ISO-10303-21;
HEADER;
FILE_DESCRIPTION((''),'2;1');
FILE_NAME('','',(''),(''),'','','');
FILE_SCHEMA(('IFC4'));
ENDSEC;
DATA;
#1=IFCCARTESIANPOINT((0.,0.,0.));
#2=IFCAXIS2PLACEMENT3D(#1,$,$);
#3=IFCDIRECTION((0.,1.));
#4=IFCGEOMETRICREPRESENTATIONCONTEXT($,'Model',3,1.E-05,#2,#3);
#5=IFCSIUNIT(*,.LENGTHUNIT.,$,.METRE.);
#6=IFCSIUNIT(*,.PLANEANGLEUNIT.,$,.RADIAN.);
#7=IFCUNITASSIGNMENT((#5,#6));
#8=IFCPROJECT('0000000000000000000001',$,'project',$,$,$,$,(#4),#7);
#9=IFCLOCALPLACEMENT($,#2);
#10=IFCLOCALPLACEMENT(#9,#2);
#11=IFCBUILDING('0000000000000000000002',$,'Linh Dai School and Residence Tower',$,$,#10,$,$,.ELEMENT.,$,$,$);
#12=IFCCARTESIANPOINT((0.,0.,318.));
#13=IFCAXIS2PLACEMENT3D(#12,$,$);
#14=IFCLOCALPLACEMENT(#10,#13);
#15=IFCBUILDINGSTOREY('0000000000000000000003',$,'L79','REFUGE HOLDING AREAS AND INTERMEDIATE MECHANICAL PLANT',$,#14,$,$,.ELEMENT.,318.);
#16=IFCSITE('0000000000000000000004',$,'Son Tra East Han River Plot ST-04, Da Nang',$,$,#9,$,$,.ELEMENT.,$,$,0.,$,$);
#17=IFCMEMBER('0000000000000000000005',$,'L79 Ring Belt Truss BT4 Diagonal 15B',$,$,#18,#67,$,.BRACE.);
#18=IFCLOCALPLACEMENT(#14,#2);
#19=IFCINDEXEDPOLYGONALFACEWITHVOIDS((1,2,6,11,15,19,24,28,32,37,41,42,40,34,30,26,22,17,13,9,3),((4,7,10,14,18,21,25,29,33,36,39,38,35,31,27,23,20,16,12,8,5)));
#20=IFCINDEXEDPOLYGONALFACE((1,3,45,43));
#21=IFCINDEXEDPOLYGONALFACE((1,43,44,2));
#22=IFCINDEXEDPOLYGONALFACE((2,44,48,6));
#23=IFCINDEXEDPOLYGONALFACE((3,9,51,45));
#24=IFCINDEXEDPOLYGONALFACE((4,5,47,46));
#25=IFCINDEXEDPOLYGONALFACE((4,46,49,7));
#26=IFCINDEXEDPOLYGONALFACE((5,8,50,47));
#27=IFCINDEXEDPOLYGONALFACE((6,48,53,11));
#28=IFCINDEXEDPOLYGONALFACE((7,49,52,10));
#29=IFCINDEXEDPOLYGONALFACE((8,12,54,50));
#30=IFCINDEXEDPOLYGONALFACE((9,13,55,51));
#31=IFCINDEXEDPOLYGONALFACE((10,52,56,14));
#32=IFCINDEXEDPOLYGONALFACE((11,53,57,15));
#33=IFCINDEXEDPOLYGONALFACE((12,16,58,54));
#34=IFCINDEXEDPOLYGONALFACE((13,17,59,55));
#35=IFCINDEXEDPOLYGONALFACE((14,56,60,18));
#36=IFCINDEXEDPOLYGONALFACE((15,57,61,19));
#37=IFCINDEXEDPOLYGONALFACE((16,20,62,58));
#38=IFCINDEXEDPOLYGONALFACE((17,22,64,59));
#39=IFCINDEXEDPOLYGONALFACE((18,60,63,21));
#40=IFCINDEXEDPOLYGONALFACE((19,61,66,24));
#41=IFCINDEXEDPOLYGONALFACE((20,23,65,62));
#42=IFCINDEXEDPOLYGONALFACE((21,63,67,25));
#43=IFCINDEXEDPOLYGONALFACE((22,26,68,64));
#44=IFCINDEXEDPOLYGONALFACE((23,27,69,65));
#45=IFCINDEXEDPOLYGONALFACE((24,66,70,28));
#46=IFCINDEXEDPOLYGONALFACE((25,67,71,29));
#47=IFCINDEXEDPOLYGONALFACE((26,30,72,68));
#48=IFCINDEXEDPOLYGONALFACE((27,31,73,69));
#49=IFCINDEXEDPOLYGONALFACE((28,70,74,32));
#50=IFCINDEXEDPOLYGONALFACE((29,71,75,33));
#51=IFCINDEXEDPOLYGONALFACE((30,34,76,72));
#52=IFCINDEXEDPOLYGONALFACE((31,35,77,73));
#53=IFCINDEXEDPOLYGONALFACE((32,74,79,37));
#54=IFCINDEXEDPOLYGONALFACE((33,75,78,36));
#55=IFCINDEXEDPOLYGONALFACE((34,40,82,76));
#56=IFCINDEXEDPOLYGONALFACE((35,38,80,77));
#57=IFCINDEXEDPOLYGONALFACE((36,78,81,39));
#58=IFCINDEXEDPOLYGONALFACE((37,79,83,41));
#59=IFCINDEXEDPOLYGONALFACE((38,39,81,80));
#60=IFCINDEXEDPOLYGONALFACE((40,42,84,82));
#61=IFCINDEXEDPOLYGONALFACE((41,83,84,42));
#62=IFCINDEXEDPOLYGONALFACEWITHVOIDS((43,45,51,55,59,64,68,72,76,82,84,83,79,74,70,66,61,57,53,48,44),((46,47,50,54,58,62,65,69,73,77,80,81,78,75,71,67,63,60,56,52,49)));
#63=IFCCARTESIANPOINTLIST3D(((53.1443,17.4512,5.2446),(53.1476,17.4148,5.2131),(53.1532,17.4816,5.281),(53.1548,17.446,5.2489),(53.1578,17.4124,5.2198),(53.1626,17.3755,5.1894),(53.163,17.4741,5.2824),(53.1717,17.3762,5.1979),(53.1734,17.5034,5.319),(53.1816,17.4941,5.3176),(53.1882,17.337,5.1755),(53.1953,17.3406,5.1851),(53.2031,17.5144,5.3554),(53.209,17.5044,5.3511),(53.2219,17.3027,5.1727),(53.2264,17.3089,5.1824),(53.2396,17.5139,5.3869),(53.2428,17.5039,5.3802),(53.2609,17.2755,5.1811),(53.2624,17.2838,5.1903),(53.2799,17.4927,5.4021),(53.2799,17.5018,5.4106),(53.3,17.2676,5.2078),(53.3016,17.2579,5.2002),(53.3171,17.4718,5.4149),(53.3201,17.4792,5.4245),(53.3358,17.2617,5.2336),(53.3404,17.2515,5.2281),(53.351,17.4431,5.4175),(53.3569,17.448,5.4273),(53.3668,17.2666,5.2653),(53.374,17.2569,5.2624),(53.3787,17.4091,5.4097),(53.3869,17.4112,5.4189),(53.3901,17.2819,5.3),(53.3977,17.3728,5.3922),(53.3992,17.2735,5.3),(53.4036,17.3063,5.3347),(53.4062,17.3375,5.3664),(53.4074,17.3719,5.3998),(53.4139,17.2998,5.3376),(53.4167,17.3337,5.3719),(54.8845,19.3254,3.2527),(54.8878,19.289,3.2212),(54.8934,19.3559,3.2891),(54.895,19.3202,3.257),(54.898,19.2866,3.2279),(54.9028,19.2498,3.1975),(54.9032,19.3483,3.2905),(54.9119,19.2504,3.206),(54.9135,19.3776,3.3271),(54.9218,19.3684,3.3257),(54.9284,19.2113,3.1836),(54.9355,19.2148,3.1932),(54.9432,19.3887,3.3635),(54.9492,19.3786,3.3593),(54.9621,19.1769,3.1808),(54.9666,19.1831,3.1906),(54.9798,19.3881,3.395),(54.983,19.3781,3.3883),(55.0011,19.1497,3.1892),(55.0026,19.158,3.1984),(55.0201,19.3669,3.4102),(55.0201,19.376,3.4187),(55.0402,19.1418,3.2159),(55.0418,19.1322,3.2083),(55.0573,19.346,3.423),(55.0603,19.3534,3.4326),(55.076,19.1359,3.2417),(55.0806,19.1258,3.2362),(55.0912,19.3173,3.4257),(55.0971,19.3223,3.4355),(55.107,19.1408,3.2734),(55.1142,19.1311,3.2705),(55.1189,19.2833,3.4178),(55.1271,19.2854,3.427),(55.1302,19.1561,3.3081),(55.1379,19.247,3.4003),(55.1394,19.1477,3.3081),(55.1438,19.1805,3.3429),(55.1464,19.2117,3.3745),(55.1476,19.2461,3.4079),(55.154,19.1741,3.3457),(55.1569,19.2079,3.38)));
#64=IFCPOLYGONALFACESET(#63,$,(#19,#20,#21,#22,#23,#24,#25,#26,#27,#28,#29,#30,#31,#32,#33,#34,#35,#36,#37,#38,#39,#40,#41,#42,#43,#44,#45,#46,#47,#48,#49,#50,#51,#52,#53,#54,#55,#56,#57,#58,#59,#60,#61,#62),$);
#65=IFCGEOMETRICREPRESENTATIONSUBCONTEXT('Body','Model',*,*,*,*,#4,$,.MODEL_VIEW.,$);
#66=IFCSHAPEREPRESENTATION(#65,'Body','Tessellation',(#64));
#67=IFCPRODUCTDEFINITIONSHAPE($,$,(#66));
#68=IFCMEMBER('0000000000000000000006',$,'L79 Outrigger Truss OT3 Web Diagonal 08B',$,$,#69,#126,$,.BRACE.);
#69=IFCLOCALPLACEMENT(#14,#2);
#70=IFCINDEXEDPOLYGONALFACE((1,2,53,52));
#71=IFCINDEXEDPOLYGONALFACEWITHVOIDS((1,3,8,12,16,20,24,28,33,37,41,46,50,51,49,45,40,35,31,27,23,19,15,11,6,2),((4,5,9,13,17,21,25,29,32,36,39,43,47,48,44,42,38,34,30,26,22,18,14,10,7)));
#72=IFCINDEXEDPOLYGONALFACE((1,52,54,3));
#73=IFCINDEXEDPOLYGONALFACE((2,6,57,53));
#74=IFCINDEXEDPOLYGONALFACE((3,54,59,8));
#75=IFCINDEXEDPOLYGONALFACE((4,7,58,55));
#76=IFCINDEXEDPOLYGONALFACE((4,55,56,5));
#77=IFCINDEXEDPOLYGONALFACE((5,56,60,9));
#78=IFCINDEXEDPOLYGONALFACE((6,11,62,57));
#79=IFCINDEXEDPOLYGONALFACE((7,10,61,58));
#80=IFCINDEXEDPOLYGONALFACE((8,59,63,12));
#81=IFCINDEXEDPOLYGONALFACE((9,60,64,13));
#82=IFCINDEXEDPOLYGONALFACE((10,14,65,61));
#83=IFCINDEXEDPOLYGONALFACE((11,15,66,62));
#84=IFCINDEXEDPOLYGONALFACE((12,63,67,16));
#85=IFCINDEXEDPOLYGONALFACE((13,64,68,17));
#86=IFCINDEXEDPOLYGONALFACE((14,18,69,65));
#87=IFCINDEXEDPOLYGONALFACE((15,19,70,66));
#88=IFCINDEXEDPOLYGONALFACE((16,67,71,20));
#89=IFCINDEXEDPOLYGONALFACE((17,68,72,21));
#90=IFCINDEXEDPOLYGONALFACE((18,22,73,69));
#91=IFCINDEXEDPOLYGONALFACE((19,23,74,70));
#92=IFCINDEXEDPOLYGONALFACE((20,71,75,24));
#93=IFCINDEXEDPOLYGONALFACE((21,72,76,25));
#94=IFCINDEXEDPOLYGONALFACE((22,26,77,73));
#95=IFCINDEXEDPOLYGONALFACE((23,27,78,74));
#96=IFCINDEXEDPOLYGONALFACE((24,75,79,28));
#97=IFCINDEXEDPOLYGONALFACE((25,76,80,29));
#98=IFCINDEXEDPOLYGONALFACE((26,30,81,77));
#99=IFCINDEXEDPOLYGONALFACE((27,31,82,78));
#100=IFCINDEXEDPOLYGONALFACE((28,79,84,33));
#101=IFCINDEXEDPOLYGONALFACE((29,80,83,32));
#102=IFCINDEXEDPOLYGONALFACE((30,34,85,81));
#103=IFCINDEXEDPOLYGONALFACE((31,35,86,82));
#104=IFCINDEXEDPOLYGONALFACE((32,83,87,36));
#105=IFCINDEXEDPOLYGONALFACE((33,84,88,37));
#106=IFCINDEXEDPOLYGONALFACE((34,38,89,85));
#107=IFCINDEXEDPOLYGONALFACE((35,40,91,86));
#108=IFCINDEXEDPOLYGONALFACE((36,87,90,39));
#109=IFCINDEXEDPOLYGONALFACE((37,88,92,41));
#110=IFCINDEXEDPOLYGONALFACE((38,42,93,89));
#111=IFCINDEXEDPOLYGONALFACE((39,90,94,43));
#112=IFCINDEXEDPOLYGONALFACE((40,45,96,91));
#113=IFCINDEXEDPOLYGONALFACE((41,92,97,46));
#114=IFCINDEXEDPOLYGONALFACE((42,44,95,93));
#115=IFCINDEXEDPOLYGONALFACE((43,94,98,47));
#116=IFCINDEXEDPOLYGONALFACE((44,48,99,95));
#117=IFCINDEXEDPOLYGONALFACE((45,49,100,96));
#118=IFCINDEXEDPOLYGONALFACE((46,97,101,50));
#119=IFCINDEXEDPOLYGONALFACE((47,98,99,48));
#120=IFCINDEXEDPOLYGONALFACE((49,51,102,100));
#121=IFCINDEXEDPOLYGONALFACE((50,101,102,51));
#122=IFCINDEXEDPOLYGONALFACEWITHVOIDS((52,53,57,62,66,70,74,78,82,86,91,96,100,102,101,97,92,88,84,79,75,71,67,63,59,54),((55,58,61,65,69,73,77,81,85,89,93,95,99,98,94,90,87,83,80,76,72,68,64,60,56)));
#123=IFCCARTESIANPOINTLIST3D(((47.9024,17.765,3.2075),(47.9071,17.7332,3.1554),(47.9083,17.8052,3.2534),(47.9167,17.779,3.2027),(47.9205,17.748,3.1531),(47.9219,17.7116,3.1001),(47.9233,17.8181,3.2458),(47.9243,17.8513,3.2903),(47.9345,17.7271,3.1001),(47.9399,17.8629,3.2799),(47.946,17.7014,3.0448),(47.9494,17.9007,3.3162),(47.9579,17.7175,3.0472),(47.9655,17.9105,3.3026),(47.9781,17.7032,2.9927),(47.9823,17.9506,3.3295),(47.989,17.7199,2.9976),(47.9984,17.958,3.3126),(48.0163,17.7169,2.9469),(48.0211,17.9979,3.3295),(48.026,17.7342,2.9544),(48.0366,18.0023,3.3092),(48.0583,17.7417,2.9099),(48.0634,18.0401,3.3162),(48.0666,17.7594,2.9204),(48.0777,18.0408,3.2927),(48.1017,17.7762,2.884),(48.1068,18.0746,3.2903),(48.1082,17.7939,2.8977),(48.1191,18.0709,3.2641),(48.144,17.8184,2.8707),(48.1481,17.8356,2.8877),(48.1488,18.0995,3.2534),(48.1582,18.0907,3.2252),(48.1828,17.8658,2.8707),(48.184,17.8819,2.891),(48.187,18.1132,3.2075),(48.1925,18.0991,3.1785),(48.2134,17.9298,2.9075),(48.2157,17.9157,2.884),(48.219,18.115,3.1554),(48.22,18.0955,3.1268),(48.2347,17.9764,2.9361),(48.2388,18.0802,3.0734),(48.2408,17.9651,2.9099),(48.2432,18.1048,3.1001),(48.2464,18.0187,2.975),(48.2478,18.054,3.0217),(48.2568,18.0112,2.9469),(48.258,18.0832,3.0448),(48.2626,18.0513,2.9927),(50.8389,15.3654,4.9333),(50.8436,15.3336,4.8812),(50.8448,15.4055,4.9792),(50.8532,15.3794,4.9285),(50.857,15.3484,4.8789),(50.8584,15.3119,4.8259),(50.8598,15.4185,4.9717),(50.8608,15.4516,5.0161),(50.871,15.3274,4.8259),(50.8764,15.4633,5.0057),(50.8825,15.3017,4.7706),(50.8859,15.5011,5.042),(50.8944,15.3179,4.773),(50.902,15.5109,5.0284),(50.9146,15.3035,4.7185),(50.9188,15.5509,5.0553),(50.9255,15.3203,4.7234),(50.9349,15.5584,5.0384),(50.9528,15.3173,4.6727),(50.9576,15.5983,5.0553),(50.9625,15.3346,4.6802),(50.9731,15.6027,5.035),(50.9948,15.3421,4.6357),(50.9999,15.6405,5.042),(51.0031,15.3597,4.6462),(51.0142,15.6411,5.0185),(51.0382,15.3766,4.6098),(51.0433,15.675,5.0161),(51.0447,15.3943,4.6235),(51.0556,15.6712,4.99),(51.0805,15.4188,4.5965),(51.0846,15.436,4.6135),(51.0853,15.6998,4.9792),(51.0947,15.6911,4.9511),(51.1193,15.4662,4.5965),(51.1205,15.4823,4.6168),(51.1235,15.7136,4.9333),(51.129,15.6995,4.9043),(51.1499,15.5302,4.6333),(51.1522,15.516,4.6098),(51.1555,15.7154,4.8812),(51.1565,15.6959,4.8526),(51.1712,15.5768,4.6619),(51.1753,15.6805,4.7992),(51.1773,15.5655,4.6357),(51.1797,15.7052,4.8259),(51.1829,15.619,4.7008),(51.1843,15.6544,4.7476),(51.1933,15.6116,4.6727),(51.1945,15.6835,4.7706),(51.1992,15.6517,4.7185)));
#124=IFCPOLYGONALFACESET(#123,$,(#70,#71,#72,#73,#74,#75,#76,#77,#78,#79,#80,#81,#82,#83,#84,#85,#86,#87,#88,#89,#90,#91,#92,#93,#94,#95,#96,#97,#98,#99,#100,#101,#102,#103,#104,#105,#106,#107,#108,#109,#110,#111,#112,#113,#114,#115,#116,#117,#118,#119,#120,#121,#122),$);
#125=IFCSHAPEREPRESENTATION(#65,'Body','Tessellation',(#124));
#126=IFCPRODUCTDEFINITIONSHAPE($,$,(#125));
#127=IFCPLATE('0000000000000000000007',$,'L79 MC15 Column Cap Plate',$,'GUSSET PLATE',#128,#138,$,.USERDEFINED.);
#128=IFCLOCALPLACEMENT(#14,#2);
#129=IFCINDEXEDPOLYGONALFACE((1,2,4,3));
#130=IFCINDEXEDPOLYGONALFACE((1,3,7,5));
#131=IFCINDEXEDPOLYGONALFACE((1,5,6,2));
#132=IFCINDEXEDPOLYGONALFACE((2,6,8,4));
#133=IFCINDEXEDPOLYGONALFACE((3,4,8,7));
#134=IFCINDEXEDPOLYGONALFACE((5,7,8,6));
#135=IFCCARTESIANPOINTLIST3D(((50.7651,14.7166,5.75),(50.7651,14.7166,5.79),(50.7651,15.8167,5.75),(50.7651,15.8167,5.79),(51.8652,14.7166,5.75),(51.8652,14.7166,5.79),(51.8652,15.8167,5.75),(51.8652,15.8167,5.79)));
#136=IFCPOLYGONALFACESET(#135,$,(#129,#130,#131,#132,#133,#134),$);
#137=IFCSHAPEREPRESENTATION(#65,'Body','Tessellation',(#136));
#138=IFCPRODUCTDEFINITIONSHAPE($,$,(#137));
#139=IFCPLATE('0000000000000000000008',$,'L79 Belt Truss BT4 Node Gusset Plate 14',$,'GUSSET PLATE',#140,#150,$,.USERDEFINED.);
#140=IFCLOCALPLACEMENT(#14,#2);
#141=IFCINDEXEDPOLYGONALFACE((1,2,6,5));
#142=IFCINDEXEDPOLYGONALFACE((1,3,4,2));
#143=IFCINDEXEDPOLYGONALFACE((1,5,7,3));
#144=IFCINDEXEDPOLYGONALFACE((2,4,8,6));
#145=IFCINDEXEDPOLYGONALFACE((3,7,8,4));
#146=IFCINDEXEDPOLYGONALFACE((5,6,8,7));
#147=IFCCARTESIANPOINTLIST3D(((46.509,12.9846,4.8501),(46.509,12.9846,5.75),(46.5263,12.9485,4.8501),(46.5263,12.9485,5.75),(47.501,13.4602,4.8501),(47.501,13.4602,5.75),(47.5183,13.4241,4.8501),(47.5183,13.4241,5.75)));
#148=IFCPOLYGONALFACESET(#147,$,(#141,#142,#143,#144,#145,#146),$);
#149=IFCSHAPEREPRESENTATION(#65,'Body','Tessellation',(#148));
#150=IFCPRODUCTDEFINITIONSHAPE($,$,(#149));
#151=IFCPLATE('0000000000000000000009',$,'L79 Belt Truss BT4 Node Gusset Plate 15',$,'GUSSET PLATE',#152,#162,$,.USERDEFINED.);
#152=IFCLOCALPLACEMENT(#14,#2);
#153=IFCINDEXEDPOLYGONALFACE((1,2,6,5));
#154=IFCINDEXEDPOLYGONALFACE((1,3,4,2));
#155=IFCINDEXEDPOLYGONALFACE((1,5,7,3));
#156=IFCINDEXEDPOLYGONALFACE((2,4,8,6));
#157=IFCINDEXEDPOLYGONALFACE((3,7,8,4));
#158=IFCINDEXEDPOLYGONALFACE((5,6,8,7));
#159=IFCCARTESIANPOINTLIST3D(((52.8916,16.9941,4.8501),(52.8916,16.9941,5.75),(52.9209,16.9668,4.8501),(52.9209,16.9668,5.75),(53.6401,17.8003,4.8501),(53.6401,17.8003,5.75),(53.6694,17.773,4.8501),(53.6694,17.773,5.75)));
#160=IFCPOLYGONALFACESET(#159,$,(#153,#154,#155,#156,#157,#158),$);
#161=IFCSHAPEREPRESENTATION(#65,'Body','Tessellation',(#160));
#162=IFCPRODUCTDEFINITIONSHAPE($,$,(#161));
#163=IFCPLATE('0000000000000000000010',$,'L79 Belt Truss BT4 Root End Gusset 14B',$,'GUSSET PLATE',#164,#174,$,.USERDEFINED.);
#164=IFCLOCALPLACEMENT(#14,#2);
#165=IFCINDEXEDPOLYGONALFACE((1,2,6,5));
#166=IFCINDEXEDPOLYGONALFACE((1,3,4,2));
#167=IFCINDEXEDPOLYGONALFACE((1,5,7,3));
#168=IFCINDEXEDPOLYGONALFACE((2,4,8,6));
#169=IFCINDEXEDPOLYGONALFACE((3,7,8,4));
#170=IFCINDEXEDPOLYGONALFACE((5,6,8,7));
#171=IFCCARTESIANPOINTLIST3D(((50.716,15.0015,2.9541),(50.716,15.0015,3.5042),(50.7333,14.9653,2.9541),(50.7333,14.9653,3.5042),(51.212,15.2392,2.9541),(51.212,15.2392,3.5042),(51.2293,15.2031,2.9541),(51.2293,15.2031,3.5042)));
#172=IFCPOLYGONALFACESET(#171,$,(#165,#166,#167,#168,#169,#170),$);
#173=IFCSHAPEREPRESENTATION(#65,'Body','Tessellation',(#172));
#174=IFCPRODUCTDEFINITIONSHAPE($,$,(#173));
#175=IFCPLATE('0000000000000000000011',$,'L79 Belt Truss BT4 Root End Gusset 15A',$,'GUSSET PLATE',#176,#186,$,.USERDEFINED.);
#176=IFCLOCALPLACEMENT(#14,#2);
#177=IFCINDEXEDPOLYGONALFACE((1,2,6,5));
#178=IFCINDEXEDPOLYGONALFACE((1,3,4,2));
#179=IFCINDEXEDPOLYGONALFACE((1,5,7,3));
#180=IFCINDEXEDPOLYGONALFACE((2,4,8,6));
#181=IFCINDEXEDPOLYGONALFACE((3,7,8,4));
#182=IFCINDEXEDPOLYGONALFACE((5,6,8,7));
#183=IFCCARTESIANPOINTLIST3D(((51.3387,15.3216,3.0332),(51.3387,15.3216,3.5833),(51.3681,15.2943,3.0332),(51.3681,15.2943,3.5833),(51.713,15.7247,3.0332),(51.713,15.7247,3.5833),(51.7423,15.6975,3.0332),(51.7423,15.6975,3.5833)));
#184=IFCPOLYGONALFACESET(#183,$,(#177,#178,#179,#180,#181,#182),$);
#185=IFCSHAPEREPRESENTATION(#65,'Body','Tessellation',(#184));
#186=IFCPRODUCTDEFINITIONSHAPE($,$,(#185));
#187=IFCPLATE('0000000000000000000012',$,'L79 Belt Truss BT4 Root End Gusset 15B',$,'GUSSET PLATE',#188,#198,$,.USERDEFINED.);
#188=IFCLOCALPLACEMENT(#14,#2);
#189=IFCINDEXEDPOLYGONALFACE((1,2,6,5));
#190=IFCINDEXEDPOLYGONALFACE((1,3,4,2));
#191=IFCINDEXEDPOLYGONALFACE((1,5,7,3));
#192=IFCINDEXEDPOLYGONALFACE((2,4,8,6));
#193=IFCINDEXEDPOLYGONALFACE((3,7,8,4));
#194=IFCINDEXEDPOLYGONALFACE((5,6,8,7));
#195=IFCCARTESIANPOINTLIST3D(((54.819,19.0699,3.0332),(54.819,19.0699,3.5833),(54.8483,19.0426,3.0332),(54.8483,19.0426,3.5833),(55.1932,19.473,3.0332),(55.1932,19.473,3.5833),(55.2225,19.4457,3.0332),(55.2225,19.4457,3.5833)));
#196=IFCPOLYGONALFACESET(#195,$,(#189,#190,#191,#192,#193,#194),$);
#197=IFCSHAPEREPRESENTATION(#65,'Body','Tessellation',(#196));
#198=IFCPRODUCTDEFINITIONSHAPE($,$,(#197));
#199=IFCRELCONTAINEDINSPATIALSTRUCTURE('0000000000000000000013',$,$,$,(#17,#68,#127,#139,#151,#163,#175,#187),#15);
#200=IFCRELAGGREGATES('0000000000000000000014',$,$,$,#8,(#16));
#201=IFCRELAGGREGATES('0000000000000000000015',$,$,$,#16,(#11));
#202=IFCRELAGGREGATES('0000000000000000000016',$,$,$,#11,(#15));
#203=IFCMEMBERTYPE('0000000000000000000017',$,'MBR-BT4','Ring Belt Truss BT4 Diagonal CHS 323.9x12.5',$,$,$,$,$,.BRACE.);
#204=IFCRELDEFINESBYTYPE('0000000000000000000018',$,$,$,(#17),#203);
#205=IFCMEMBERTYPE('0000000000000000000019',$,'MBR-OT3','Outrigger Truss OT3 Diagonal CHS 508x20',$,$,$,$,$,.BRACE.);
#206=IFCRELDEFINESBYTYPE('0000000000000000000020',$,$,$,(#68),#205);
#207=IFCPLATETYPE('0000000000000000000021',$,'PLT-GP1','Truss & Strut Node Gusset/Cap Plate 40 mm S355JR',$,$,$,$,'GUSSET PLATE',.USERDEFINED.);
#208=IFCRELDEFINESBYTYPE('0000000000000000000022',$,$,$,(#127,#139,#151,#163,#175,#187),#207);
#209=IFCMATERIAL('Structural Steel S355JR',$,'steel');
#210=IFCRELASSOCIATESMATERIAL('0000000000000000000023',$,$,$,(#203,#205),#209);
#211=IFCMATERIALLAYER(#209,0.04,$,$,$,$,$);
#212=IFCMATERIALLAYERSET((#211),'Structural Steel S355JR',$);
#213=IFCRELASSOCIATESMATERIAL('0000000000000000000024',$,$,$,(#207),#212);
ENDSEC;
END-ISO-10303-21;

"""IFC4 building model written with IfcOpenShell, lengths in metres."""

from ifc_helpers import new_model, si_unit, direction, frame, origin, origin_2d, place, context, subcontext, project, spatial, rectangle, hollow_circle, extrude, source, transform, mapped, material, layer, layer_set, material_profile, profile_set, type_object, element, save


model = new_model("IFC4")

# Units and contexts
model_context = context("Model", 3, precision=1e-05, world=origin(), true_north=direction((0.0, 1.0)))
body_context = subcontext(model_context, "Body", "Model", "MODEL_VIEW")
ifc_project = project(units=[si_unit("LENGTHUNIT", "METRE"), si_unit("PLANEANGLEUNIT", "RADIAN")], contexts=[model_context])

# Site, building, storey
site_placement = place(None, origin())
site = spatial("IfcSite", under=ifc_project, at=site_placement, Name="Son Tra East Han River Plot ST-04, Da Nang", CompositionType="ELEMENT", RefElevation=0.0)
building_placement = place(site_placement, origin())
building = spatial("IfcBuilding", under=site, at=building_placement, Name="Linh Dai School and Residence Tower", CompositionType="ELEMENT")
storey_placement = place(building_placement, frame((0.0, 0.0, 318.0)))
storey = spatial("IfcBuildingStorey", under=building, at=storey_placement, Name="L79", Description="REFUGE HOLDING AREAS AND INTERMEDIATE MECHANICAL PLANT", CompositionType="ELEMENT", Elevation=318.0)

# Shared definitions
ifc_material_1 = material(Name="Structural Steel S355JR", Category="steel")

# Members
ifc_material_profile_1 = material_profile(ifc_material_1, hollow_circle(Radius=0.1619, WallThickness=0.0125, at=origin_2d()), Name="CHS 323.9x12.5")
ifc_profile_set_1 = profile_set([ifc_material_profile_1], Name="Structural Steel S355JR")
member_type_1 = type_object("IfcMemberType", Name="MBR-BT4", Description="Ring Belt Truss BT4 Diagonal CHS 323.9x12.5", PredefinedType="BRACE", material=ifc_profile_set_1)
member_1_placement = place(storey_placement, frame((55.0208, 19.2578, 3.3081), z_axis=(-0.536815, -0.57816, 0.61446), x_axis=(0.732824, -0.680418, 0.0)))
element("IfcMember", 1, at=member_1_placement, inside=storey, type_object=member_type_1, Name="L79 Ring Belt Truss BT4 Diagonal 15B", PredefinedType="BRACE", context=body_context, shape_type="SweptSolid", body=[
    extrude(hollow_circle(Radius=0.1619, WallThickness=0.0125, at=origin_2d()), origin(), (0.0, 0.0, 1.0), 3.2417),
])
ifc_material_profile_2 = material_profile(ifc_material_1, hollow_circle(Radius=0.2539, WallThickness=0.02, at=origin_2d()), Name="CHS 508x20")
ifc_profile_set_2 = profile_set([ifc_material_profile_2], Name="Structural Steel S355JR")
member_type_2 = type_object("IfcMemberType", Name="MBR-OT3", Description="Outrigger Truss OT3 Diagonal CHS 508x20", PredefinedType="BRACE", material=ifc_profile_set_2)
member_2_placement = place(storey_placement, frame((51.019, 15.5085, 4.8259), z_axis=(-0.704788, 0.575936, -0.414212), x_axis=(-0.632771, -0.774339, 0.0)))
element("IfcMember", 2, at=member_2_placement, inside=storey, type_object=member_type_2, Name="L79 Outrigger Truss OT3 Web Diagonal 08B", PredefinedType="BRACE", context=body_context, shape_type="SweptSolid", body=[
    extrude(hollow_circle(Radius=0.2539, WallThickness=0.02, at=origin_2d()), origin(), (0.0, 0.0, 1.0), 4.1665),
])

# Plates
ifc_layer_1 = layer(ifc_material_1, 0.04)
ifc_layer_set_1 = layer_set([ifc_layer_1], Name="Structural Steel S355JR")
plate_type = type_object("IfcPlateType", Name="PLT-GP1", Description="Truss & Strut Node Gusset/Cap Plate 40 mm S355JR", ElementType="GUSSET PLATE", PredefinedType="USERDEFINED", material=ifc_layer_set_1)
shared_shape_1 = source(origin(), body_context, "Body", "SweptSolid", [
    extrude(rectangle(XDim=1.1001, YDim=1.1001, at=origin_2d()), origin(), (0.0, 0.0, 1.0), 0.04),
])
plate_1_placement = place(storey_placement, frame((51.3152, 15.2666, 5.75), z_axis=(0.0, 0.0, 1.0), x_axis=(1.0, 0.0, 0.0)))
element("IfcPlate", 3, at=plate_1_placement, inside=storey, type_object=plate_type, Name="L79 MC15 Column Cap Plate", ObjectType="GUSSET PLATE", PredefinedType="USERDEFINED", context=body_context, shape_type="MappedRepresentation", body=[
    mapped(shared_shape_1, transform((0.0, 0.0, 0.0), x_axis=(1.0, 0.0, 0.0), y_axis=(0.0, 1.0, 0.0), z_axis=(0.0, 0.0, 1.0), scale=1.0)),
])
shared_shape_2 = source(origin(), body_context, "Body", "SweptSolid", [
    extrude(rectangle(XDim=1.1001, YDim=0.04, at=origin_2d()), origin(), (0.0, 0.0, 1.0), 0.8999),
])
for number, where, z_axis, x_axis, name in (
    (4, (47.0137, 13.2043, 4.8501), (0.0, 0.0, 1.0), (0.901726, 0.432308, 0.0), "L79 Belt Truss BT4 Node Gusset Plate 14"),
    (5, (53.2805, 17.3835, 4.8501), (0.0, 0.0, 1.0), (0.680392, 0.732848, 0.0), "L79 Belt Truss BT4 Node Gusset Plate 15"),
):
    element("IfcPlate", number, at=place(storey_placement, frame(where, z_axis=z_axis, x_axis=x_axis)), inside=storey, type_object=plate_type, Name=name, ObjectType="GUSSET PLATE", PredefinedType="USERDEFINED", context=body_context, shape_type="MappedRepresentation", body=[
        mapped(shared_shape_2, transform((0.0, 0.0, 0.0), x_axis=(1.0, 0.0, 0.0), y_axis=(0.0, 1.0, 0.0), z_axis=(0.0, 0.0, 1.0), scale=1.0)),
    ])
shared_shape_3 = source(origin(), body_context, "Body", "SweptSolid", [
    extrude(rectangle(XDim=0.55, YDim=0.04, at=origin_2d()), origin(), (0.0, 0.0, 1.0), 0.55),
])
for number, where, z_axis, x_axis, name in (
    (6, (50.9727, 15.1023, 2.9541), (0.0, 0.0, 1.0), (0.901726, 0.432308, 0.0), "L79 Belt Truss BT4 Root End Gusset 14B"),
    (7, (51.5405, 15.5095, 3.0332), (0.0, 0.0, 1.0), (0.680392, 0.732848, 0.0), "L79 Belt Truss BT4 Root End Gusset 15A"),
    (8, (55.0208, 19.2578, 3.0332), (0.0, 0.0, 1.0), (0.680392, 0.732848, 0.0), "L79 Belt Truss BT4 Root End Gusset 15B"),
):
    element("IfcPlate", number, at=place(storey_placement, frame(where, z_axis=z_axis, x_axis=x_axis)), inside=storey, type_object=plate_type, Name=name, ObjectType="GUSSET PLATE", PredefinedType="USERDEFINED", context=body_context, shape_type="MappedRepresentation", body=[
        mapped(shared_shape_3, transform((0.0, 0.0, 0.0), x_axis=(1.0, 0.0, 0.0), y_axis=(0.0, 1.0, 0.0), z_axis=(0.0, 0.0, 1.0), scale=1.0)),
    ])

save(model, "model.ifc")
